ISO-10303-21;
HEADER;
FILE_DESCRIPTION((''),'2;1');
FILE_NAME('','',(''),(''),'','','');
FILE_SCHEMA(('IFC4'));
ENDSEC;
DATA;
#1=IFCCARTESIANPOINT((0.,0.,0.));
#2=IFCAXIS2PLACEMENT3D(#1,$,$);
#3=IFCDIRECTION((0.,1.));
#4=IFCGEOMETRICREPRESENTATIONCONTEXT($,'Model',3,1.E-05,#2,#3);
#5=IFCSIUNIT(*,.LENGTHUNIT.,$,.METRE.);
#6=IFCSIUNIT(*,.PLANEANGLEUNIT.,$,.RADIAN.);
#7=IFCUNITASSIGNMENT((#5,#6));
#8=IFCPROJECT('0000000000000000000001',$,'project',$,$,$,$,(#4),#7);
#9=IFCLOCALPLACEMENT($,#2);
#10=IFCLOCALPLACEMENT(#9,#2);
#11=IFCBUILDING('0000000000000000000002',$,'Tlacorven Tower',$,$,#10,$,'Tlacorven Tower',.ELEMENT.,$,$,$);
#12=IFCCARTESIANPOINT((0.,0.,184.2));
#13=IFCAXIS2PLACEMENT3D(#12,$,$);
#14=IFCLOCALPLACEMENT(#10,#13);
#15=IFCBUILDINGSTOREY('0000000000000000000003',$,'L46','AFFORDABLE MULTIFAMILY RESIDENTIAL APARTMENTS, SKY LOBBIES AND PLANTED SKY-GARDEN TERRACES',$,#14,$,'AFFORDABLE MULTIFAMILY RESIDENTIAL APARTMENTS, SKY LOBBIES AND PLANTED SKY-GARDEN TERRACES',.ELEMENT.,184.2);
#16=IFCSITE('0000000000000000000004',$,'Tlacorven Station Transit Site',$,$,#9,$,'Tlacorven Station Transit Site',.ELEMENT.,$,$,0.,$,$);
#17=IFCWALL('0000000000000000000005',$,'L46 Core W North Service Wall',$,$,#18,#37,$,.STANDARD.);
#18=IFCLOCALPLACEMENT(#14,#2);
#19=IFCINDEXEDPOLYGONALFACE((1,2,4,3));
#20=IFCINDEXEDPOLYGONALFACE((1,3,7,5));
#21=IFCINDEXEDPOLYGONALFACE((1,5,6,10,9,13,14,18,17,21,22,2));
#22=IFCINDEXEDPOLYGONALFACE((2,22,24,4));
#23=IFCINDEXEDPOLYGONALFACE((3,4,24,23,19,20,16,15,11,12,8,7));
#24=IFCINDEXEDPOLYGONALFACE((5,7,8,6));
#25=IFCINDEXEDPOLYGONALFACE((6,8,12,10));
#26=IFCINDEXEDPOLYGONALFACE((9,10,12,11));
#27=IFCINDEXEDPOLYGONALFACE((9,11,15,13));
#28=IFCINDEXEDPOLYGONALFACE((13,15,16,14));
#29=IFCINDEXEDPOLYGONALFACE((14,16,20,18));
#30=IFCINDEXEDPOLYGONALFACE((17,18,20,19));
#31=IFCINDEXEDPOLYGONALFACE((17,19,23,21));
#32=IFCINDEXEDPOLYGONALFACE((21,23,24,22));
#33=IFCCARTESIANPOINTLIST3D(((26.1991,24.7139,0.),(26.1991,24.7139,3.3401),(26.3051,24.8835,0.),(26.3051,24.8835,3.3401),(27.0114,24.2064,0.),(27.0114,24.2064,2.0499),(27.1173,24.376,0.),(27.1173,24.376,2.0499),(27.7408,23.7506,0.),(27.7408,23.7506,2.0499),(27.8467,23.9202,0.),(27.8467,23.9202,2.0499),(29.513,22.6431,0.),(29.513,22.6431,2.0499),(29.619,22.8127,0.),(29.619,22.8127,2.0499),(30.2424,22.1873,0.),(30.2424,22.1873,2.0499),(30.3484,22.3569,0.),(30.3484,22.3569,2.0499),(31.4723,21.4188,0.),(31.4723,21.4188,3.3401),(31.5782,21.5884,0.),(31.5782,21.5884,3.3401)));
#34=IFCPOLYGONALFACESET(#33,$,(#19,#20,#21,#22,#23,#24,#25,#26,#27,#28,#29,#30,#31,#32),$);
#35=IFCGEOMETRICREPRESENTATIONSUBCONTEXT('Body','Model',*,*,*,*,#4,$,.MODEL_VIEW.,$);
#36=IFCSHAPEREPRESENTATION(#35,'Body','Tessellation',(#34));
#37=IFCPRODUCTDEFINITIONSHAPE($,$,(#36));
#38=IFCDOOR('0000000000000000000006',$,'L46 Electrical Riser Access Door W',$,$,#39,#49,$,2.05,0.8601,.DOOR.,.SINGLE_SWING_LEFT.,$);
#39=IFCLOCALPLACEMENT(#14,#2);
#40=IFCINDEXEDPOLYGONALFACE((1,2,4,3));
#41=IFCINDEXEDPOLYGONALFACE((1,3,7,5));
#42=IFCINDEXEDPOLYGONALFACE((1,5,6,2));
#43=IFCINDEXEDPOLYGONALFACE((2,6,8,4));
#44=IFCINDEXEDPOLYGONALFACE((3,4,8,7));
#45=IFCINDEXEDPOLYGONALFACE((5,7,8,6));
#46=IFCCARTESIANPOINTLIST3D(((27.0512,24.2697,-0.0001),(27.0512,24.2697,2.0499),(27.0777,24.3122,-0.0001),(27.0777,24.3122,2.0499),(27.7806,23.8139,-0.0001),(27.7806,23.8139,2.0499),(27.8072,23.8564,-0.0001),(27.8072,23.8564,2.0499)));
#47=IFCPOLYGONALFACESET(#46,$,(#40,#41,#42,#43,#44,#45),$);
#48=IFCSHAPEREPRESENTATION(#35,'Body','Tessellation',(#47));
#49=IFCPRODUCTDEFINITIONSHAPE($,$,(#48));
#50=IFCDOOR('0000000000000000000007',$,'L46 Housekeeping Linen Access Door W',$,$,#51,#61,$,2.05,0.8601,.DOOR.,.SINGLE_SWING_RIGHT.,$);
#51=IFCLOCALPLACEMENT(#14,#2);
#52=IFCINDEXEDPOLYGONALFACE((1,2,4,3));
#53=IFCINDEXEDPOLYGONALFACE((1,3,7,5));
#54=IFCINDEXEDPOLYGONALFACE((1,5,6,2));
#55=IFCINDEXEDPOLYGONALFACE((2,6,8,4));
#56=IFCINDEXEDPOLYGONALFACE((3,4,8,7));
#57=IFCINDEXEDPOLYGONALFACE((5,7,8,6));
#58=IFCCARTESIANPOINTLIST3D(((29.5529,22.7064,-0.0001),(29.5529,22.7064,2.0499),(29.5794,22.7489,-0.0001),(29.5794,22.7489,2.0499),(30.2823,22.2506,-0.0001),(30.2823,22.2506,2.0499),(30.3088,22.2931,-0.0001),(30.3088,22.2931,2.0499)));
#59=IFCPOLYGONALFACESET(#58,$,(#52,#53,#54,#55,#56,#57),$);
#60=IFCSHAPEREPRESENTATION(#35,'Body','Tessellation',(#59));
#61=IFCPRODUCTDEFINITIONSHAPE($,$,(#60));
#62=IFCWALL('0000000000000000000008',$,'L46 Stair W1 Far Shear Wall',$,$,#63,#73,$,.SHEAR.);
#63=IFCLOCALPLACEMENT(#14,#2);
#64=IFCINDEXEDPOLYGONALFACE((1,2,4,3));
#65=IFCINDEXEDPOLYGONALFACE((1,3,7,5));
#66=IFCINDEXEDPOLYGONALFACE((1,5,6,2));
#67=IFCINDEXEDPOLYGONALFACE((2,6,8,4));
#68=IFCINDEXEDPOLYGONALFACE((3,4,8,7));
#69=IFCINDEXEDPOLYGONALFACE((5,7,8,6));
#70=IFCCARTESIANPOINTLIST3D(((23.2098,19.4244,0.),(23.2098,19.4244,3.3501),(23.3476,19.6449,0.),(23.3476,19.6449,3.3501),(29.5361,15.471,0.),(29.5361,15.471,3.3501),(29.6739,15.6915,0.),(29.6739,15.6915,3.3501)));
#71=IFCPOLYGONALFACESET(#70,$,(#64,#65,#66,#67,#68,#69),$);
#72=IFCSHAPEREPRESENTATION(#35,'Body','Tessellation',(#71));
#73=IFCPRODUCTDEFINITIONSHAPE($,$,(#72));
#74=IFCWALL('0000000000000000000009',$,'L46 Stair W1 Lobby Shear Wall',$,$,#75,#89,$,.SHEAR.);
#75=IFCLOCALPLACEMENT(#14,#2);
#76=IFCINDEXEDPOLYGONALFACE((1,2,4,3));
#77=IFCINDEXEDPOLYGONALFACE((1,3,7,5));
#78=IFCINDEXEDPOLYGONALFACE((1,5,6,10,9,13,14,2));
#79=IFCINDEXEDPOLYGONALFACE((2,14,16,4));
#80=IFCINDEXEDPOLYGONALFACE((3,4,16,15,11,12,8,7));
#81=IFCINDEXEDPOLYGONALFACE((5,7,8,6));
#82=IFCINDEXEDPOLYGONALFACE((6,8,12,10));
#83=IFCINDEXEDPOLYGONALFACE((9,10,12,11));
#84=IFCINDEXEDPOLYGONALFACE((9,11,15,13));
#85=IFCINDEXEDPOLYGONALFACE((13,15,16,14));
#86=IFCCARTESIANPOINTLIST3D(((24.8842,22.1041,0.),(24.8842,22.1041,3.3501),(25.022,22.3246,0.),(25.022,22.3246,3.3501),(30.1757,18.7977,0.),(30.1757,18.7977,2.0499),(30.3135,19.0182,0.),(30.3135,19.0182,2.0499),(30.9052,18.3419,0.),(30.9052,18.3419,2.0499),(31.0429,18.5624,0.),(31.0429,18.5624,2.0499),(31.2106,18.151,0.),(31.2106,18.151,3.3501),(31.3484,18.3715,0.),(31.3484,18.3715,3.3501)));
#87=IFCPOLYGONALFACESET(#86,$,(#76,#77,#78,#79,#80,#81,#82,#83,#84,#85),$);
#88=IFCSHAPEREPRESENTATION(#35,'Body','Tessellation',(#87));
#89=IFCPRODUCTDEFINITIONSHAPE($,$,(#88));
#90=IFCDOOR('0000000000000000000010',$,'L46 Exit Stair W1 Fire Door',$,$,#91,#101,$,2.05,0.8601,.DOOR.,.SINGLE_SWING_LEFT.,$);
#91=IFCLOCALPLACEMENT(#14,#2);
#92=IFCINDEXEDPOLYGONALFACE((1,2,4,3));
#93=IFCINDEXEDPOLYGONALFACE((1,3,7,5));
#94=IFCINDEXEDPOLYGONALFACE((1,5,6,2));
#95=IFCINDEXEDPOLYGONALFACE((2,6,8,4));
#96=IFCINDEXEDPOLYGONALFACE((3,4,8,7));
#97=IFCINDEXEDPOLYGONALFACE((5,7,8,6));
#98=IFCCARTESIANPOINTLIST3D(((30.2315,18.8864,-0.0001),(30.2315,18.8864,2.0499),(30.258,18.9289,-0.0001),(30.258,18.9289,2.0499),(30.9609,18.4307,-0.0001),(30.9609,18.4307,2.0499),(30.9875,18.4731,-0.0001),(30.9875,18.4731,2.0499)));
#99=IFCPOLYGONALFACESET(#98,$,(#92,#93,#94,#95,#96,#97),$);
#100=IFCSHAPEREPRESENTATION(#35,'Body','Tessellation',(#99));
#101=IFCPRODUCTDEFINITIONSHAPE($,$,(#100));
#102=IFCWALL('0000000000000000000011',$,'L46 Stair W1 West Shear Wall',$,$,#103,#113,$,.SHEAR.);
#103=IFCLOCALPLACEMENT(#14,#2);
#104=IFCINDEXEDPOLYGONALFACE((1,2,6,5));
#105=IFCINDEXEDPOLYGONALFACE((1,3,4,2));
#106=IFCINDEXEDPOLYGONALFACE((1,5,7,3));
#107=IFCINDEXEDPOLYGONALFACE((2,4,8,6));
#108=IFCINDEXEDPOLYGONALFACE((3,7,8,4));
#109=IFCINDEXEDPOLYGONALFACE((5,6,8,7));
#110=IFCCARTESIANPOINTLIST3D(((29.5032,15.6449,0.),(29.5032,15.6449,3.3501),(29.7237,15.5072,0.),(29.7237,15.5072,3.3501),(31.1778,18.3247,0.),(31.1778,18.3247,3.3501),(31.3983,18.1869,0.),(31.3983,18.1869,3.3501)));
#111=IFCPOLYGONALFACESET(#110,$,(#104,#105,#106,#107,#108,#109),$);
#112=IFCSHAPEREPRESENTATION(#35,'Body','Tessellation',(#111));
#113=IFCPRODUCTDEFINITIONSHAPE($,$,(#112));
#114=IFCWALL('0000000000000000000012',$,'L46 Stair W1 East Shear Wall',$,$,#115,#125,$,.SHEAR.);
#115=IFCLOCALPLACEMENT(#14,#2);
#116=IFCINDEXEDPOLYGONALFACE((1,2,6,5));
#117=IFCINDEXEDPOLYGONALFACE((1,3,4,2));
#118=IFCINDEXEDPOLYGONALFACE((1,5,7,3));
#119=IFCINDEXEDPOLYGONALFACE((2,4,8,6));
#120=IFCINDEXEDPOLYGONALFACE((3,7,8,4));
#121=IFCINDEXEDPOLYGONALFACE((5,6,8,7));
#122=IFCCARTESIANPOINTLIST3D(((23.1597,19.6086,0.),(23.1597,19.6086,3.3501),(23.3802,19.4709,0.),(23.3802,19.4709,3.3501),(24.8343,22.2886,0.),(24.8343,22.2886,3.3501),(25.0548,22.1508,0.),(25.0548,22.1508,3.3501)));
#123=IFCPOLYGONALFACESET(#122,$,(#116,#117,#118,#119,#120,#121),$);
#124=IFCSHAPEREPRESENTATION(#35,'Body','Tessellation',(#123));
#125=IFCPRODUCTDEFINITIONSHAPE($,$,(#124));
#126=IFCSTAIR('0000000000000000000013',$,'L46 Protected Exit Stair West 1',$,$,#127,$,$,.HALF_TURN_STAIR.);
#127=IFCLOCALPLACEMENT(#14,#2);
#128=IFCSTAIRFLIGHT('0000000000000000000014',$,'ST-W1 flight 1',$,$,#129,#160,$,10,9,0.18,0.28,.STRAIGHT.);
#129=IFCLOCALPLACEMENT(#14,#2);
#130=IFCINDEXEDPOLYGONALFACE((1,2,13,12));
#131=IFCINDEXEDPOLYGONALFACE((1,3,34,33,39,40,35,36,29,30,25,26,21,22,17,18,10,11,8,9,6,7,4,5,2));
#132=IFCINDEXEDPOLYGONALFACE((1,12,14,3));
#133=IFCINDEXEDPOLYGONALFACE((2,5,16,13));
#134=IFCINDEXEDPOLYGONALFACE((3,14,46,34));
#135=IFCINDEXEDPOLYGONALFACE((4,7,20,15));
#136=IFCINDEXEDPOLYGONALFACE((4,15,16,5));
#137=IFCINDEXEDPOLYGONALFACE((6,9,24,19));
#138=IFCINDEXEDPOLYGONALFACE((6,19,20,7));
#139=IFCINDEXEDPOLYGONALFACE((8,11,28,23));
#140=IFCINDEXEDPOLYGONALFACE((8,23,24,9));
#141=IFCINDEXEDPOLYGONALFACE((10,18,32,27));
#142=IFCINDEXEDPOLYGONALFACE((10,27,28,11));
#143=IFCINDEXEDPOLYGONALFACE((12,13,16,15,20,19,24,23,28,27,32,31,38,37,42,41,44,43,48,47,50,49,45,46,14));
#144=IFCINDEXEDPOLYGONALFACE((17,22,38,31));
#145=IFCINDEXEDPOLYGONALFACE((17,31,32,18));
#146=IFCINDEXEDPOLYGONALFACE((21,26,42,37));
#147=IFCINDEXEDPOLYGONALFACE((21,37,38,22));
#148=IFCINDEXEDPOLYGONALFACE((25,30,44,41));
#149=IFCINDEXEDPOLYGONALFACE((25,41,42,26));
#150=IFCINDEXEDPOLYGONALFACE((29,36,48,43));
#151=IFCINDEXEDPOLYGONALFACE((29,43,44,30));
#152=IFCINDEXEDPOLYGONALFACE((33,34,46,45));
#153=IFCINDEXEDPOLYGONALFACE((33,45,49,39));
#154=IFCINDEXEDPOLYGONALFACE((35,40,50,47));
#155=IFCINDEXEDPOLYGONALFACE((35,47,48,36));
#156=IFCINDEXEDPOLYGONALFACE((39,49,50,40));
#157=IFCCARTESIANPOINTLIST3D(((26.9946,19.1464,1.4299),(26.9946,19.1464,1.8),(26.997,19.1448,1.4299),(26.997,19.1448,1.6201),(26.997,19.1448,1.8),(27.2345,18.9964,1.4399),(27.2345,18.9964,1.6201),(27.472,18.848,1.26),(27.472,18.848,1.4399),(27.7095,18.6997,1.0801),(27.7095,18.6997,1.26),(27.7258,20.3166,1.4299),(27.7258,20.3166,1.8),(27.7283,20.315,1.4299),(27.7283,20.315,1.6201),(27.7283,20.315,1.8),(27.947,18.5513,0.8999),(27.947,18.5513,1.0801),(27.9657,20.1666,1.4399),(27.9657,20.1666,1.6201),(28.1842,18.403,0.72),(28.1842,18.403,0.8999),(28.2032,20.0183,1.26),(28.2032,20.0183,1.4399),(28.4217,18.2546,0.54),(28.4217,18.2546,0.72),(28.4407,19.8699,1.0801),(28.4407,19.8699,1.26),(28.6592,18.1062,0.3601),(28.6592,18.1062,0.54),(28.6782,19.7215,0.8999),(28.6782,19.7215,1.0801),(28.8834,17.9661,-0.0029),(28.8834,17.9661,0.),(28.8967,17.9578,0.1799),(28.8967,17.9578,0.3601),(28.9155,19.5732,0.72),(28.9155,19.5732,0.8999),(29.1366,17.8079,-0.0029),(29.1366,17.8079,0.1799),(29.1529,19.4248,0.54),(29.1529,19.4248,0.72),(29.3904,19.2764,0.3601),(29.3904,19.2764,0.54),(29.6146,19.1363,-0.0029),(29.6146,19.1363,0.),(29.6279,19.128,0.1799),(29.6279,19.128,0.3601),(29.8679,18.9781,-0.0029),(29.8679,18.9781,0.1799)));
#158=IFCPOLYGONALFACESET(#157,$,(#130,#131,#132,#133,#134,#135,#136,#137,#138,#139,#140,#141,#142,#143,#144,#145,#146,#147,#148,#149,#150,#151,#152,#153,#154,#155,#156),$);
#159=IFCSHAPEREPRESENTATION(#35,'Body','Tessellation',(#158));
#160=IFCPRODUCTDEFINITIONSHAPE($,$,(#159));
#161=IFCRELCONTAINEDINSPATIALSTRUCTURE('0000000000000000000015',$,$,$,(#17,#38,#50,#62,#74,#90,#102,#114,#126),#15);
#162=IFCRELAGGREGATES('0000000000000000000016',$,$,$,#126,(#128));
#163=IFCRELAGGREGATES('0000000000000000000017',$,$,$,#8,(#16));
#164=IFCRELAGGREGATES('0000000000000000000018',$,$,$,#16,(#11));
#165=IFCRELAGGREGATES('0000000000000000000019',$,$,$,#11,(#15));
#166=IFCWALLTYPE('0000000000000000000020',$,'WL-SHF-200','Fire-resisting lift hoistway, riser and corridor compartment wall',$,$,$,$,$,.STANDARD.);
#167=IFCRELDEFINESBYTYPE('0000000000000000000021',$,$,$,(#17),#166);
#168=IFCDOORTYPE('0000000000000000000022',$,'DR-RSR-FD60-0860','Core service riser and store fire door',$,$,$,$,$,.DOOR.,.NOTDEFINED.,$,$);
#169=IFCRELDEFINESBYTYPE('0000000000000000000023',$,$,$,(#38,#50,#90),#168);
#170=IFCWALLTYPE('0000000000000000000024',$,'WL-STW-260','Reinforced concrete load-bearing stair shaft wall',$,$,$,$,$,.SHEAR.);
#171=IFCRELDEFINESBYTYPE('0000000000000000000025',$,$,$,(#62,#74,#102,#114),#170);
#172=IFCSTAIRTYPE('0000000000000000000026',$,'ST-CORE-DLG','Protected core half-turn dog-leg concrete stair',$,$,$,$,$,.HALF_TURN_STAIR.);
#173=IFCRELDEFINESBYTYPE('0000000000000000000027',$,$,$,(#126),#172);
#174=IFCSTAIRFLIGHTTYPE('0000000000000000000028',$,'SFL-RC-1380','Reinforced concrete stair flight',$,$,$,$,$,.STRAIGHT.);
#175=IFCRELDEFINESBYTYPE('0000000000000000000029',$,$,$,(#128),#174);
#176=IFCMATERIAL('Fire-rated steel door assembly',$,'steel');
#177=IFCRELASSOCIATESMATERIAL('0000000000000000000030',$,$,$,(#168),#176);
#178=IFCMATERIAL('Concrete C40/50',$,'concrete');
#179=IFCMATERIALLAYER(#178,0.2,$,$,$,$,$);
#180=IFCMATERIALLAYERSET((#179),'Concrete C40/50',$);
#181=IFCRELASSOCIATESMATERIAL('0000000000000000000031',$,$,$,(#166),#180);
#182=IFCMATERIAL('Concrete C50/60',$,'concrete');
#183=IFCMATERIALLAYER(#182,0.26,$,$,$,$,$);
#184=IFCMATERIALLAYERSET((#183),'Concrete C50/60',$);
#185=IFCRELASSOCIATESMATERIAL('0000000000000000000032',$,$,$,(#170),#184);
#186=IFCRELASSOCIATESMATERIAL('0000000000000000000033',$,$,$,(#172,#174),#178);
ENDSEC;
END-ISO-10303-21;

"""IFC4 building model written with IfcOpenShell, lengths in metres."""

from ifc_helpers import new_model, si_unit, direction, frame, frame_2d, origin, place, context, subcontext, project, spatial, polyline, rectangle, outline, extrude, source, transform, mapped, material, layer, layer_set, type_object, element, fill, aggregate, save


model = new_model("IFC4")

# Units and contexts
model_context = context("Model", 3, precision=1e-05, world=origin(), true_north=direction((0.0, 1.0)))
body_context = subcontext(model_context, "Body", "Model", "MODEL_VIEW")
ifc_project = project(units=[si_unit("LENGTHUNIT", "METRE"), si_unit("PLANEANGLEUNIT", "RADIAN")], contexts=[model_context])

# Site, building, storey
site_placement = place(None, origin())
site = spatial("IfcSite", under=ifc_project, at=site_placement, Name="Tlacorven Station Transit Site", LongName="Tlacorven Station Transit Site", CompositionType="ELEMENT", RefElevation=0.0)
building_placement = place(site_placement, origin())
building = spatial("IfcBuilding", under=site, at=building_placement, Name="Tlacorven Tower", LongName="Tlacorven Tower", CompositionType="ELEMENT")
storey_placement = place(building_placement, frame((0.0, 0.0, 184.2)))
storey = spatial("IfcBuildingStorey", under=building, at=storey_placement, Name="L46", Description="AFFORDABLE MULTIFAMILY RESIDENTIAL APARTMENTS, SKY LOBBIES AND PLANTED SKY-GARDEN TERRACES", LongName="AFFORDABLE MULTIFAMILY RESIDENTIAL APARTMENTS, SKY LOBBIES AND PLANTED SKY-GARDEN TERRACES", CompositionType="ELEMENT", Elevation=184.2)

# Shared definitions
ifc_material_1 = material(Name="Fire-rated steel door assembly", Category="steel")
door_type_1 = type_object("IfcDoorType", Name="DR-RSR-FD60-0860", Description="Core service riser and store fire door", OperationType="NOTDEFINED", PredefinedType="DOOR", material=ifc_material_1)
shared_shape_1 = source(origin(), body_context, "Body", "SweptSolid", [
    extrude(rectangle(XDim=0.8601, YDim=2.05, at=frame_2d((0.4302, 1.0249))), frame((0.0, 0.0249, 0.0), z_axis=(0.0, -1.0, 0.0), x_axis=(1.0, 0.0, 0.0)), (0.0, 0.0, 1.0), 0.05),
])

# Shared definitions
ifc_material_2 = material(Name="Concrete C40/50", Category="concrete")
ifc_layer_1 = layer(ifc_material_2, 0.2)
ifc_layer_set_1 = layer_set([ifc_layer_1], Name="Concrete C40/50")
wall_type_1 = type_object("IfcWallType", Name="WL-SHF-200", Description="Fire-resisting lift hoistway, riser and corridor compartment wall", PredefinedType="STANDARD", material=ifc_layer_set_1)

# Wall, openings, doors
wall_1_placement = place(storey_placement, frame((31.5251, 21.5037, 0.0), z_axis=(0.0, 0.0, 1.0), x_axis=(-0.84804, 0.529932, 0.0)))
wall_1 = element("IfcWall", 1, at=wall_1_placement, inside=storey, type_object=wall_type_1, Name="L46 Core W North Service Wall", PredefinedType="STANDARD", context=body_context, shape_type="SweptSolid", body=[
    extrude(rectangle(XDim=6.218, YDim=0.2, at=frame_2d((3.1089, 0.0))), origin(), (0.0, 0.0, 1.0), 3.3401),
])
opening_1_placement = place(wall_1_placement, frame((4.3999, 0.0, 0.0)))
opening_1 = element("IfcOpeningElement", 2, at=opening_1_placement, cuts=wall_1, PredefinedType="OPENING", context=body_context, shape_type="SweptSolid", body=[
    extrude(rectangle(XDim=0.8601, YDim=2.05, at=frame_2d((0.4302, 1.0249))), frame((0.0, 0.1099, 0.0), z_axis=(0.0, -1.0, 0.0), x_axis=(1.0, 0.0, 0.0)), (0.0, 0.0, 1.0), 0.22),
])
opening_2_placement = place(wall_1_placement, frame((1.45, 0.0, 0.0)))
opening_2 = element("IfcOpeningElement", 3, at=opening_2_placement, cuts=wall_1, PredefinedType="OPENING", context=body_context, shape_type="SweptSolid", body=[
    extrude(rectangle(XDim=0.8601, YDim=2.05, at=frame_2d((0.4302, 1.0249))), frame((0.0, 0.1099, 0.0), z_axis=(0.0, -1.0, 0.0), x_axis=(1.0, 0.0, 0.0)), (0.0, 0.0, 1.0), 0.22),
])
door_1_placement = place(opening_1_placement, frame((0.8601, 0.0, 0.0), z_axis=(0.0, 0.0, 1.0), x_axis=(-1.0, 0.0, 0.0)))
door_1 = element("IfcDoor", 4, at=door_1_placement, inside=storey, type_object=door_type_1, Name="L46 Electrical Riser Access Door W", OperationType="SINGLE_SWING_LEFT", OverallHeight=2.05, OverallWidth=0.8601, PredefinedType="DOOR", context=body_context, shape_type="MappedRepresentation", body=[
    mapped(shared_shape_1, transform((0.0, 0.0, 0.0), scale=1.0)),
])
fill(opening_1, door_1)
door_2_placement = place(opening_2_placement, frame((0.8601, 0.0, 0.0), z_axis=(0.0, 0.0, 1.0), x_axis=(-1.0, 0.0, 0.0)))
door_2 = element("IfcDoor", 5, at=door_2_placement, inside=storey, type_object=door_type_1, Name="L46 Housekeeping Linen Access Door W", OperationType="SINGLE_SWING_RIGHT", OverallHeight=2.05, OverallWidth=0.8601, PredefinedType="DOOR", context=body_context, shape_type="MappedRepresentation", body=[
    mapped(shared_shape_1, transform((0.0, 0.0, 0.0), scale=1.0)),
])
fill(opening_2, door_2)

# Wall
ifc_material_3 = material(Name="Concrete C50/60", Category="concrete")
ifc_layer_2 = layer(ifc_material_3, 0.26)
ifc_layer_set_2 = layer_set([ifc_layer_2], Name="Concrete C50/60")
wall_type_2 = type_object("IfcWallType", Name="WL-STW-260", Description="Reinforced concrete load-bearing stair shaft wall", PredefinedType="SHEAR", material=ifc_layer_set_2)
wall_2_placement = place(storey_placement, frame((29.605, 15.5813, 0.0), z_axis=(0.0, 0.0, 1.0), x_axis=(-0.848037, 0.529937, 0.0)))
element("IfcWall", 6, at=wall_2_placement, inside=storey, type_object=wall_type_2, Name="L46 Stair W1 Far Shear Wall", PredefinedType="SHEAR", context=body_context, shape_type="SweptSolid", body=[
    extrude(rectangle(XDim=7.46, YDim=0.26, at=frame_2d((3.73, 0.0))), origin(), (0.0, 0.0, 1.0), 3.3501),
])

# Wall, opening, door
wall_3_placement = place(storey_placement, frame((31.2795, 18.2612, 0.0), z_axis=(0.0, 0.0, 1.0), x_axis=(-0.848052, 0.529914, 0.0)))
wall_3 = element("IfcWall", 7, at=wall_3_placement, inside=storey, type_object=wall_type_2, Name="L46 Stair W1 Lobby Shear Wall", PredefinedType="SHEAR", context=body_context, shape_type="SweptSolid", body=[
    extrude(rectangle(XDim=7.46, YDim=0.26, at=frame_2d((3.73, 0.0))), origin(), (0.0, 0.0, 1.0), 3.3501),
])
opening_3_placement = place(wall_3_placement, frame((0.3601, 0.0, 0.0)))
opening_3 = element("IfcOpeningElement", 8, at=opening_3_placement, cuts=wall_3, PredefinedType="OPENING", context=body_context, shape_type="SweptSolid", body=[
    extrude(rectangle(XDim=0.8601, YDim=2.05, at=frame_2d((0.4302, 1.0249))), frame((0.0, 0.1401, 0.0), z_axis=(0.0, -1.0, 0.0), x_axis=(1.0, 0.0, 0.0)), (0.0, 0.0, 1.0), 0.28),
])
door_3_placement = place(opening_3_placement, frame((0.8601, 0.0, 0.0), z_axis=(0.0, 0.0, 1.0), x_axis=(-1.0, 0.0, 0.0)))
door_3 = element("IfcDoor", 9, at=door_3_placement, inside=storey, type_object=door_type_1, Name="L46 Exit Stair W1 Fire Door", OperationType="SINGLE_SWING_LEFT", OverallHeight=2.05, OverallWidth=0.8601, PredefinedType="DOOR", context=body_context, shape_type="MappedRepresentation", body=[
    mapped(shared_shape_1, transform((0.0, 0.0, 0.0), scale=1.0)),
])
fill(opening_3, door_3)

# Walls
wall_4_placement = place(storey_placement, frame((31.2881, 18.2559, 0.0), z_axis=(0.0, 0.0, 1.0), x_axis=(-0.529943, -0.848033, 0.0)))
element("IfcWall", 10, at=wall_4_placement, inside=storey, type_object=wall_type_2, Name="L46 Stair W1 West Shear Wall", PredefinedType="SHEAR", context=body_context, shape_type="SweptSolid", body=[
    extrude(rectangle(XDim=3.1599, YDim=0.26, at=frame_2d((1.5801, 0.0))), origin(), (0.0, 0.0, 1.0), 3.3501),
])
wall_5_placement = place(storey_placement, frame((24.9446, 22.2197, 0.0), z_axis=(0.0, 0.0, 1.0), x_axis=(-0.529909, -0.848055, 0.0)))
element("IfcWall", 11, at=wall_5_placement, inside=storey, type_object=wall_type_2, Name="L46 Stair W1 East Shear Wall", PredefinedType="SHEAR", context=body_context, shape_type="SweptSolid", body=[
    extrude(rectangle(XDim=3.1602, YDim=0.26, at=frame_2d((1.5801, 0.0))), origin(), (0.0, 0.0, 1.0), 3.3501),
])

# Stair, stair flight
stair_type = type_object("IfcStairType", Name="ST-CORE-DLG", Description="Protected core half-turn dog-leg concrete stair", PredefinedType="HALF_TURN_STAIR", material=ifc_material_2)
stair_placement = place(storey_placement, origin())
stair = element("IfcStair", 12, at=stair_placement, inside=storey, type_object=stair_type, Name="L46 Protected Exit Stair West 1", PredefinedType="HALF_TURN_STAIR")
stair_flight_type = type_object("IfcStairFlightType", Name="SFL-RC-1380", Description="Reinforced concrete stair flight", PredefinedType="STRAIGHT", material=ifc_material_2)
shared_shape_2 = source(origin(), body_context, "Body", "SweptSolid", [
    extrude(outline(polyline([(-0.0029, -0.0029), (-0.0029, 0.1799), (0.28, 0.1799), (0.28, 0.3601), (0.5601, 0.3601), (0.5601, 0.54), (0.8401, 0.54), (0.8401, 0.72), (1.1201, 0.72), (1.1201, 0.8999), (1.3999, 0.8999), (1.3999, 1.0801), (1.6799, 1.0801), (1.6799, 1.26), (1.96, 1.26), (1.96, 1.4399), (2.24, 1.4399), (2.24, 1.6201), (2.52, 1.6201), (2.52, 1.8), (2.5229, 1.8), (2.5229, 1.4299), (2.52, 1.4299), (0.2957, 0.0), (0.2957, -0.0029), (-0.0029, -0.0029)])), frame((0.0, 0.6899, 0.0), z_axis=(0.0, -1.0, 0.0), x_axis=(1.0, 0.0, 0.0)), (0.0, 0.0, 1.0), 1.3799),
])
stair_flight_1_placement = place(storey_placement, frame((29.4998, 18.3945, 0.0), z_axis=(0.0, 0.0, 1.0), x_axis=(-0.848048, 0.529919, 0.0)))
stair_flight_1 = element("IfcStairFlight", 13, at=stair_flight_1_placement, type_object=stair_flight_type, Name="ST-W1 flight 1", NumberOfRisers=10, NumberOfTreads=9, PredefinedType="STRAIGHT", RiserHeight=0.18, TreadLength=0.28, context=body_context, shape_type="MappedRepresentation", body=[
    mapped(shared_shape_2, transform((0.0, 0.0, 0.0), scale=1.0)),
])
aggregate(stair, [stair_flight_1])

save(model, "model.ifc")
